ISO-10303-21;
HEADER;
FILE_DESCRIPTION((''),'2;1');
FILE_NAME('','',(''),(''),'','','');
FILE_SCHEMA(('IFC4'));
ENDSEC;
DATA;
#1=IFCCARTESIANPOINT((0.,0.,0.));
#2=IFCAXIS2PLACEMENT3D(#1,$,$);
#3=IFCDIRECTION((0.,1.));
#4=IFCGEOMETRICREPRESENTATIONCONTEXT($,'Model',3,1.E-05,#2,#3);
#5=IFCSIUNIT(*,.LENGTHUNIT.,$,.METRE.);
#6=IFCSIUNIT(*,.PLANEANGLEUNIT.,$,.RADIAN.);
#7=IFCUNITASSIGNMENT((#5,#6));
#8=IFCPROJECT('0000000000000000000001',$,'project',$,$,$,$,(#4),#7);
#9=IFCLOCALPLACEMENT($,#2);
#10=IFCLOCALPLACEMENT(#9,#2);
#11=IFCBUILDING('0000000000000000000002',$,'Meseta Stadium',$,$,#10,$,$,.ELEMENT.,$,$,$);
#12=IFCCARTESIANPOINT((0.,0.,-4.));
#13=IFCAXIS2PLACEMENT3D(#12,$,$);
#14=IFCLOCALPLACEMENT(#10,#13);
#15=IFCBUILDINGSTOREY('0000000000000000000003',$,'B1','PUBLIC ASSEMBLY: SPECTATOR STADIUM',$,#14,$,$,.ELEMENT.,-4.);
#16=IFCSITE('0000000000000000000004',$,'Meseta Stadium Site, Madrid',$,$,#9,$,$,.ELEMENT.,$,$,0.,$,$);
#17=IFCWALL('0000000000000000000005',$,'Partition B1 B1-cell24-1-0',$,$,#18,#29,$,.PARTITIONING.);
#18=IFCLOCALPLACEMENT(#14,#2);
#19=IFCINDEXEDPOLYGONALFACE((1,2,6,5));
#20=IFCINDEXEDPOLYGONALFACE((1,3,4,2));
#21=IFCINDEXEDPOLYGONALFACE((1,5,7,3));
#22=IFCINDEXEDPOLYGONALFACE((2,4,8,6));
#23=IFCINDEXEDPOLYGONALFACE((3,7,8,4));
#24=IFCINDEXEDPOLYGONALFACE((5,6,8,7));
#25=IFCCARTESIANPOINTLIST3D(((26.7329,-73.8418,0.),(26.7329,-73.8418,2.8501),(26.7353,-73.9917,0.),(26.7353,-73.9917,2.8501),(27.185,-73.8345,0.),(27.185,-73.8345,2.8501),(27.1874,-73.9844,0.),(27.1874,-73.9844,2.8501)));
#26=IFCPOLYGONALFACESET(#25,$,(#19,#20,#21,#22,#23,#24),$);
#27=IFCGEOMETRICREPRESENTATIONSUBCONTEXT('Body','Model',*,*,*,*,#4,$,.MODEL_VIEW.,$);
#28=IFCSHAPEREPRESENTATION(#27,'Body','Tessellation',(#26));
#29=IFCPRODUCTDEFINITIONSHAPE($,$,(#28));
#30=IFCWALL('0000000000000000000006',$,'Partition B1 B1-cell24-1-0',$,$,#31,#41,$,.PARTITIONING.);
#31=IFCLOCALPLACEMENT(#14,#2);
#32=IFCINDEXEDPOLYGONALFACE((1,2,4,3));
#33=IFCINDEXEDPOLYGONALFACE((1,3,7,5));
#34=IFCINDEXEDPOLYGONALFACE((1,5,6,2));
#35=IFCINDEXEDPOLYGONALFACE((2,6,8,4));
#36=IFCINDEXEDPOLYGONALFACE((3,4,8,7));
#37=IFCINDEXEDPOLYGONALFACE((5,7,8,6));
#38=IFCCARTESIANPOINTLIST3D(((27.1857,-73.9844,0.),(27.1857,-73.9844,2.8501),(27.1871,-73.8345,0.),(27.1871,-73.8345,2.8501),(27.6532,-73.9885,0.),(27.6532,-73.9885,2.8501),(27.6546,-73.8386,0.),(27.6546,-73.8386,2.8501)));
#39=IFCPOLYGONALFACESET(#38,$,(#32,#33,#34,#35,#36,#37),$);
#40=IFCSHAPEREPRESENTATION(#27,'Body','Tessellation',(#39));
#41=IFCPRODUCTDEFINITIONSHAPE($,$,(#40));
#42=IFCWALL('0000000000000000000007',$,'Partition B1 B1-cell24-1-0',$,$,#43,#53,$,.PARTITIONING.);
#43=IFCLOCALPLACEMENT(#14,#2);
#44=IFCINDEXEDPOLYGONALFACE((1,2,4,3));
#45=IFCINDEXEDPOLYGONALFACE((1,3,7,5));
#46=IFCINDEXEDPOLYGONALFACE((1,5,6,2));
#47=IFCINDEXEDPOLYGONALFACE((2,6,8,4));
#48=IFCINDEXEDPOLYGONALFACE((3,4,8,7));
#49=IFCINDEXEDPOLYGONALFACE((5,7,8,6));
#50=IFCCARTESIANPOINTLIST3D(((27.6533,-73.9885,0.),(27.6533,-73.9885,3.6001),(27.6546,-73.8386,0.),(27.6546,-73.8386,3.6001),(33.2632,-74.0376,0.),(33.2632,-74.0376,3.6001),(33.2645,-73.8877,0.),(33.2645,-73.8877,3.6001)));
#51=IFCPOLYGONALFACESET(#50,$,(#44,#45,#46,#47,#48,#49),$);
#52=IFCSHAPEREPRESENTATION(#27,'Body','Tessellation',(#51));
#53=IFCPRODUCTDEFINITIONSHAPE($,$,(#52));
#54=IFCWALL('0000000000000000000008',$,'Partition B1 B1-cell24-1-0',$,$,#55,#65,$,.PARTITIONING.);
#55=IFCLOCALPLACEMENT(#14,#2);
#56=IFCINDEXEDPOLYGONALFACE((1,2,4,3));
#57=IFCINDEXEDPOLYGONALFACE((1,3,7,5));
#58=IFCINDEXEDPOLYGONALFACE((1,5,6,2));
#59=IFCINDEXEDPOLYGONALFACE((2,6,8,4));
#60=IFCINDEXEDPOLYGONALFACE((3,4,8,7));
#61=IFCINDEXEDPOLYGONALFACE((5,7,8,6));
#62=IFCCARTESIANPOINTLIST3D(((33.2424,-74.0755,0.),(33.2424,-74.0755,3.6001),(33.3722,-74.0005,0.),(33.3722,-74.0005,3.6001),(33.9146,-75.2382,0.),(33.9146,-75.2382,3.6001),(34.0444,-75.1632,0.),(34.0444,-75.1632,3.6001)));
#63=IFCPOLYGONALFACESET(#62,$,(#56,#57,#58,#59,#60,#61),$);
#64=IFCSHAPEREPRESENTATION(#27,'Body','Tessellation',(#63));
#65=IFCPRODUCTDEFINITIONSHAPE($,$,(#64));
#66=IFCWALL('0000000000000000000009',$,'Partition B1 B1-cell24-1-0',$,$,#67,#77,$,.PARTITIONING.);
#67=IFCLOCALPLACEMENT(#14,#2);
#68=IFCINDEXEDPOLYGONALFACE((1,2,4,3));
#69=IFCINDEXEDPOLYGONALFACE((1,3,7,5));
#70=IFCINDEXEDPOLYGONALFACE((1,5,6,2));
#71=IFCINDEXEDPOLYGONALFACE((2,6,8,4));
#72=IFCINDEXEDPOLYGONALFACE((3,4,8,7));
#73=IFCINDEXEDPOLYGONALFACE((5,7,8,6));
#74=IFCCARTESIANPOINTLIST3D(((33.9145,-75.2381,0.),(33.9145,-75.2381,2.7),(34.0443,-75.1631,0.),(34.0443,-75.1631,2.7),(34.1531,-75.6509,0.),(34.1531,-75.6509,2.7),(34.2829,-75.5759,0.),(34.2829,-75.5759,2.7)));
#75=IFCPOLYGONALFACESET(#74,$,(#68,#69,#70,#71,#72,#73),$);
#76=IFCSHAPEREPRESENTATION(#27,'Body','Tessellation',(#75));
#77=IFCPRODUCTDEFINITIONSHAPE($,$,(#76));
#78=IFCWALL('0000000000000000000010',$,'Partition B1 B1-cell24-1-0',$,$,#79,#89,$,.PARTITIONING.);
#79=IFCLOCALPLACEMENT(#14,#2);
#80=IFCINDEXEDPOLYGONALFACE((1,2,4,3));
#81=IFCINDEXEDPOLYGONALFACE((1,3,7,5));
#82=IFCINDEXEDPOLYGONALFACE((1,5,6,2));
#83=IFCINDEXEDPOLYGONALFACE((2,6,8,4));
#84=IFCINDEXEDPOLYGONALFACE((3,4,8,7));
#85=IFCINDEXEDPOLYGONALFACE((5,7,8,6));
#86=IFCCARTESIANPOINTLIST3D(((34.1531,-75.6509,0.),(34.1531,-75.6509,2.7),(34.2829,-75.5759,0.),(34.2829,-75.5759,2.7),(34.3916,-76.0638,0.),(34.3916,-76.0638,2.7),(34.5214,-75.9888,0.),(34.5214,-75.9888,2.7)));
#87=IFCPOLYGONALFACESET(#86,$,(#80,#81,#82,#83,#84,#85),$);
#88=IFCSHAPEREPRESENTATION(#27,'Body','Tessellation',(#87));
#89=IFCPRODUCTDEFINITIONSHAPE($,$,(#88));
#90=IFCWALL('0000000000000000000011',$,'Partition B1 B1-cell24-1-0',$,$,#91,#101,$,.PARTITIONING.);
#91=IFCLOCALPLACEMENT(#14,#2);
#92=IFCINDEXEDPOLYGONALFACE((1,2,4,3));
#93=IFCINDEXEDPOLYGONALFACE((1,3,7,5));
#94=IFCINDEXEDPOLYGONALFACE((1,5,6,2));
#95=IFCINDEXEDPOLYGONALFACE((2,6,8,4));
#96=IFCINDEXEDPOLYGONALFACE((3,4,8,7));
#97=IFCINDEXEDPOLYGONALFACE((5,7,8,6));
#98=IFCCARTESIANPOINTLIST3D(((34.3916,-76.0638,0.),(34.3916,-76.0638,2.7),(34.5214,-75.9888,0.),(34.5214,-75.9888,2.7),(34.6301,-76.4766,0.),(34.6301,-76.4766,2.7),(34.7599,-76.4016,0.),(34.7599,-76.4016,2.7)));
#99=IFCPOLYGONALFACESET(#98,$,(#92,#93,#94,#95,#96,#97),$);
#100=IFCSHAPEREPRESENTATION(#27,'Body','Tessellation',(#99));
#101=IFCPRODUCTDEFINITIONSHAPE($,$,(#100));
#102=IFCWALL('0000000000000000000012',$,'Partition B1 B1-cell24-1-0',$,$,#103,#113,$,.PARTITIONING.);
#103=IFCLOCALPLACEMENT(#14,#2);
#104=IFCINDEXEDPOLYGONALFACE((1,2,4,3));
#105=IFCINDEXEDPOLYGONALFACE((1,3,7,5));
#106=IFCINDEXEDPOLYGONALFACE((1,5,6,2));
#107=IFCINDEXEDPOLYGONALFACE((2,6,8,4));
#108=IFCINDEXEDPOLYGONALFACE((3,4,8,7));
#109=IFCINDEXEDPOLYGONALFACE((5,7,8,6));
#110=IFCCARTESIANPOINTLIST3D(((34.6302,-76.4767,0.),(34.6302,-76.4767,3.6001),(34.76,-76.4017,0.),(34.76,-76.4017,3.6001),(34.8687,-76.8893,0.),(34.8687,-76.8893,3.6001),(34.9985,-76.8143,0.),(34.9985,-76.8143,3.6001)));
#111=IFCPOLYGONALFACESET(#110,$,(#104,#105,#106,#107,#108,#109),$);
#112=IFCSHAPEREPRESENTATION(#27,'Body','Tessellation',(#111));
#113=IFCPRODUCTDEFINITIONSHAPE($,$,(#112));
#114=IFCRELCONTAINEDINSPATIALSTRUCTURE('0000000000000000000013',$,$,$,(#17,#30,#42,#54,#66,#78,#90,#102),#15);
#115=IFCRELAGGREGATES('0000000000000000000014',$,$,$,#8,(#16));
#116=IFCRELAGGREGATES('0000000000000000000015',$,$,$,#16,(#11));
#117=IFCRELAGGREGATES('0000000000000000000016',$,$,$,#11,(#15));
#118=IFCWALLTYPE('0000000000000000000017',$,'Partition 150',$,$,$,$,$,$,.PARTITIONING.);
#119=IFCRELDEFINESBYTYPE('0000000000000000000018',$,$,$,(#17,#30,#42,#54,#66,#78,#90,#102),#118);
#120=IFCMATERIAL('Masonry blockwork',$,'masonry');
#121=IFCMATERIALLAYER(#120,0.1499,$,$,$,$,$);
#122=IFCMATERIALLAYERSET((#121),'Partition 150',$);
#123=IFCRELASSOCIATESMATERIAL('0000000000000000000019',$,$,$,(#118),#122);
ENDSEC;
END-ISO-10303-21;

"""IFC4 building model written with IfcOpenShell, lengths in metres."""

from ifc_helpers import new_model, si_unit, direction, frame, frame_2d, origin, place, context, subcontext, project, spatial, rectangle, extrude, material, layer, layer_set, type_object, element, save


model = new_model("IFC4")

# Units and contexts
model_context = context("Model", 3, precision=1e-05, world=origin(), true_north=direction((0.0, 1.0)))
body_context = subcontext(model_context, "Body", "Model", "MODEL_VIEW")
ifc_project = project(units=[si_unit("LENGTHUNIT", "METRE"), si_unit("PLANEANGLEUNIT", "RADIAN")], contexts=[model_context])

# Site, building, storey
site_placement = place(None, origin())
site = spatial("IfcSite", under=ifc_project, at=site_placement, Name="Meseta Stadium Site, Madrid", CompositionType="ELEMENT", RefElevation=0.0)
building_placement = place(site_placement, origin())
building = spatial("IfcBuilding", under=site, at=building_placement, Name="Meseta Stadium", CompositionType="ELEMENT")
storey_placement = place(building_placement, frame((0.0, 0.0, -4.0)))
storey = spatial("IfcBuildingStorey", under=building, at=storey_placement, Name="B1", Description="PUBLIC ASSEMBLY: SPECTATOR STADIUM", CompositionType="ELEMENT", Elevation=-4.0)

# Walls
ifc_material_1 = material(Name="Masonry blockwork", Category="masonry")
ifc_layer = layer(ifc_material_1, 0.1499)
ifc_layer_set = layer_set([ifc_layer], Name="Partition 150")
wall_type = type_object("IfcWallType", Name="Partition 150", PredefinedType="PARTITIONING", material=ifc_layer_set)
wall_1_placement = place(storey_placement, frame((26.7341, -73.9167, 0.0), z_axis=(0.0, 0.0, 1.0), x_axis=(0.999869, 0.016197, 0.0)))
element("IfcWall", 1, at=wall_1_placement, inside=storey, type_object=wall_type, Name="Partition B1 B1-cell24-1-0", PredefinedType="PARTITIONING", context=body_context, shape_type="SweptSolid", body=[
    extrude(rectangle(XDim=0.4521, YDim=0.1499, at=frame_2d((0.2261, 0.0))), origin(), (0.0, 0.0, 1.0), 2.8501),
])
wall_2_placement = place(storey_placement, frame((27.1863, -73.9094, 0.0), z_axis=(0.0, 0.0, 1.0), x_axis=(0.999961, -0.008877, 0.0)))
element("IfcWall", 2, at=wall_2_placement, inside=storey, type_object=wall_type, Name="Partition B1 B1-cell24-1-0", PredefinedType="PARTITIONING", context=body_context, shape_type="SweptSolid", body=[
    extrude(rectangle(XDim=0.4675, YDim=0.1499, at=frame_2d((0.2339, 0.0))), origin(), (0.0, 0.0, 1.0), 2.8501),
])
wall_3_placement = place(storey_placement, frame((27.6538, -73.9136, 0.0), z_axis=(0.0, 0.0, 1.0), x_axis=(0.999962, -0.008747, 0.0)))
element("IfcWall", 3, at=wall_3_placement, inside=storey, type_object=wall_type, Name="Partition B1 B1-cell24-1-0", PredefinedType="PARTITIONING", context=body_context, shape_type="SweptSolid", body=[
    extrude(rectangle(XDim=5.6101, YDim=0.1499, at=frame_2d((2.8052, 0.0))), origin(), (0.0, 0.0, 1.0), 3.6001),
])
wall_4_placement = place(storey_placement, frame((33.3074, -74.0381, 0.0), z_axis=(0.0, 0.0, 1.0), x_axis=(0.500499, -0.865737, 0.0)))
element("IfcWall", 4, at=wall_4_placement, inside=storey, type_object=wall_type, Name="Partition B1 B1-cell24-1-0", PredefinedType="PARTITIONING", context=body_context, shape_type="SweptSolid", body=[
    extrude(rectangle(XDim=1.343, YDim=0.1499, at=frame_2d((0.6714, 0.0))), origin(), (0.0, 0.0, 1.0), 3.6001),
])
for number, where, z_axis, x_axis, name in (
    (5, (33.9795, -75.2007, 0.0), (0.0, 0.0, 1.0), (0.500269, -0.86587, 0.0), "Partition B1 B1-cell24-1-0"),
    (6, (34.218, -75.6135, 0.0), (0.0, 0.0, 1.0), (0.500269, -0.86587, 0.0), "Partition B1 B1-cell24-1-0"),
    (7, (34.4565, -76.0264, 0.0), (0.0, 0.0, 1.0), (0.500269, -0.86587, 0.0), "Partition B1 B1-cell24-1-0"),
):
    element("IfcWall", number, at=place(storey_placement, frame(where, z_axis=z_axis, x_axis=x_axis)), inside=storey, type_object=wall_type, Name=name, PredefinedType="PARTITIONING", context=body_context, shape_type="SweptSolid", body=[
        extrude(rectangle(XDim=0.4768, YDim=0.1499, at=frame_2d((0.2383, 0.0))), origin(), (0.0, 0.0, 1.0), 2.7),
    ])
wall_5_placement = place(storey_placement, frame((34.6951, -76.4392, 0.0), z_axis=(0.0, 0.0, 1.0), x_axis=(0.500491, -0.865742, 0.0)))
element("IfcWall", 8, at=wall_5_placement, inside=storey, type_object=wall_type, Name="Partition B1 B1-cell24-1-0", PredefinedType="PARTITIONING", context=body_context, shape_type="SweptSolid", body=[
    extrude(rectangle(XDim=0.4766, YDim=0.1499, at=frame_2d((0.2383, 0.0))), origin(), (0.0, 0.0, 1.0), 3.6001),
])

save(model, "model.ifc")
